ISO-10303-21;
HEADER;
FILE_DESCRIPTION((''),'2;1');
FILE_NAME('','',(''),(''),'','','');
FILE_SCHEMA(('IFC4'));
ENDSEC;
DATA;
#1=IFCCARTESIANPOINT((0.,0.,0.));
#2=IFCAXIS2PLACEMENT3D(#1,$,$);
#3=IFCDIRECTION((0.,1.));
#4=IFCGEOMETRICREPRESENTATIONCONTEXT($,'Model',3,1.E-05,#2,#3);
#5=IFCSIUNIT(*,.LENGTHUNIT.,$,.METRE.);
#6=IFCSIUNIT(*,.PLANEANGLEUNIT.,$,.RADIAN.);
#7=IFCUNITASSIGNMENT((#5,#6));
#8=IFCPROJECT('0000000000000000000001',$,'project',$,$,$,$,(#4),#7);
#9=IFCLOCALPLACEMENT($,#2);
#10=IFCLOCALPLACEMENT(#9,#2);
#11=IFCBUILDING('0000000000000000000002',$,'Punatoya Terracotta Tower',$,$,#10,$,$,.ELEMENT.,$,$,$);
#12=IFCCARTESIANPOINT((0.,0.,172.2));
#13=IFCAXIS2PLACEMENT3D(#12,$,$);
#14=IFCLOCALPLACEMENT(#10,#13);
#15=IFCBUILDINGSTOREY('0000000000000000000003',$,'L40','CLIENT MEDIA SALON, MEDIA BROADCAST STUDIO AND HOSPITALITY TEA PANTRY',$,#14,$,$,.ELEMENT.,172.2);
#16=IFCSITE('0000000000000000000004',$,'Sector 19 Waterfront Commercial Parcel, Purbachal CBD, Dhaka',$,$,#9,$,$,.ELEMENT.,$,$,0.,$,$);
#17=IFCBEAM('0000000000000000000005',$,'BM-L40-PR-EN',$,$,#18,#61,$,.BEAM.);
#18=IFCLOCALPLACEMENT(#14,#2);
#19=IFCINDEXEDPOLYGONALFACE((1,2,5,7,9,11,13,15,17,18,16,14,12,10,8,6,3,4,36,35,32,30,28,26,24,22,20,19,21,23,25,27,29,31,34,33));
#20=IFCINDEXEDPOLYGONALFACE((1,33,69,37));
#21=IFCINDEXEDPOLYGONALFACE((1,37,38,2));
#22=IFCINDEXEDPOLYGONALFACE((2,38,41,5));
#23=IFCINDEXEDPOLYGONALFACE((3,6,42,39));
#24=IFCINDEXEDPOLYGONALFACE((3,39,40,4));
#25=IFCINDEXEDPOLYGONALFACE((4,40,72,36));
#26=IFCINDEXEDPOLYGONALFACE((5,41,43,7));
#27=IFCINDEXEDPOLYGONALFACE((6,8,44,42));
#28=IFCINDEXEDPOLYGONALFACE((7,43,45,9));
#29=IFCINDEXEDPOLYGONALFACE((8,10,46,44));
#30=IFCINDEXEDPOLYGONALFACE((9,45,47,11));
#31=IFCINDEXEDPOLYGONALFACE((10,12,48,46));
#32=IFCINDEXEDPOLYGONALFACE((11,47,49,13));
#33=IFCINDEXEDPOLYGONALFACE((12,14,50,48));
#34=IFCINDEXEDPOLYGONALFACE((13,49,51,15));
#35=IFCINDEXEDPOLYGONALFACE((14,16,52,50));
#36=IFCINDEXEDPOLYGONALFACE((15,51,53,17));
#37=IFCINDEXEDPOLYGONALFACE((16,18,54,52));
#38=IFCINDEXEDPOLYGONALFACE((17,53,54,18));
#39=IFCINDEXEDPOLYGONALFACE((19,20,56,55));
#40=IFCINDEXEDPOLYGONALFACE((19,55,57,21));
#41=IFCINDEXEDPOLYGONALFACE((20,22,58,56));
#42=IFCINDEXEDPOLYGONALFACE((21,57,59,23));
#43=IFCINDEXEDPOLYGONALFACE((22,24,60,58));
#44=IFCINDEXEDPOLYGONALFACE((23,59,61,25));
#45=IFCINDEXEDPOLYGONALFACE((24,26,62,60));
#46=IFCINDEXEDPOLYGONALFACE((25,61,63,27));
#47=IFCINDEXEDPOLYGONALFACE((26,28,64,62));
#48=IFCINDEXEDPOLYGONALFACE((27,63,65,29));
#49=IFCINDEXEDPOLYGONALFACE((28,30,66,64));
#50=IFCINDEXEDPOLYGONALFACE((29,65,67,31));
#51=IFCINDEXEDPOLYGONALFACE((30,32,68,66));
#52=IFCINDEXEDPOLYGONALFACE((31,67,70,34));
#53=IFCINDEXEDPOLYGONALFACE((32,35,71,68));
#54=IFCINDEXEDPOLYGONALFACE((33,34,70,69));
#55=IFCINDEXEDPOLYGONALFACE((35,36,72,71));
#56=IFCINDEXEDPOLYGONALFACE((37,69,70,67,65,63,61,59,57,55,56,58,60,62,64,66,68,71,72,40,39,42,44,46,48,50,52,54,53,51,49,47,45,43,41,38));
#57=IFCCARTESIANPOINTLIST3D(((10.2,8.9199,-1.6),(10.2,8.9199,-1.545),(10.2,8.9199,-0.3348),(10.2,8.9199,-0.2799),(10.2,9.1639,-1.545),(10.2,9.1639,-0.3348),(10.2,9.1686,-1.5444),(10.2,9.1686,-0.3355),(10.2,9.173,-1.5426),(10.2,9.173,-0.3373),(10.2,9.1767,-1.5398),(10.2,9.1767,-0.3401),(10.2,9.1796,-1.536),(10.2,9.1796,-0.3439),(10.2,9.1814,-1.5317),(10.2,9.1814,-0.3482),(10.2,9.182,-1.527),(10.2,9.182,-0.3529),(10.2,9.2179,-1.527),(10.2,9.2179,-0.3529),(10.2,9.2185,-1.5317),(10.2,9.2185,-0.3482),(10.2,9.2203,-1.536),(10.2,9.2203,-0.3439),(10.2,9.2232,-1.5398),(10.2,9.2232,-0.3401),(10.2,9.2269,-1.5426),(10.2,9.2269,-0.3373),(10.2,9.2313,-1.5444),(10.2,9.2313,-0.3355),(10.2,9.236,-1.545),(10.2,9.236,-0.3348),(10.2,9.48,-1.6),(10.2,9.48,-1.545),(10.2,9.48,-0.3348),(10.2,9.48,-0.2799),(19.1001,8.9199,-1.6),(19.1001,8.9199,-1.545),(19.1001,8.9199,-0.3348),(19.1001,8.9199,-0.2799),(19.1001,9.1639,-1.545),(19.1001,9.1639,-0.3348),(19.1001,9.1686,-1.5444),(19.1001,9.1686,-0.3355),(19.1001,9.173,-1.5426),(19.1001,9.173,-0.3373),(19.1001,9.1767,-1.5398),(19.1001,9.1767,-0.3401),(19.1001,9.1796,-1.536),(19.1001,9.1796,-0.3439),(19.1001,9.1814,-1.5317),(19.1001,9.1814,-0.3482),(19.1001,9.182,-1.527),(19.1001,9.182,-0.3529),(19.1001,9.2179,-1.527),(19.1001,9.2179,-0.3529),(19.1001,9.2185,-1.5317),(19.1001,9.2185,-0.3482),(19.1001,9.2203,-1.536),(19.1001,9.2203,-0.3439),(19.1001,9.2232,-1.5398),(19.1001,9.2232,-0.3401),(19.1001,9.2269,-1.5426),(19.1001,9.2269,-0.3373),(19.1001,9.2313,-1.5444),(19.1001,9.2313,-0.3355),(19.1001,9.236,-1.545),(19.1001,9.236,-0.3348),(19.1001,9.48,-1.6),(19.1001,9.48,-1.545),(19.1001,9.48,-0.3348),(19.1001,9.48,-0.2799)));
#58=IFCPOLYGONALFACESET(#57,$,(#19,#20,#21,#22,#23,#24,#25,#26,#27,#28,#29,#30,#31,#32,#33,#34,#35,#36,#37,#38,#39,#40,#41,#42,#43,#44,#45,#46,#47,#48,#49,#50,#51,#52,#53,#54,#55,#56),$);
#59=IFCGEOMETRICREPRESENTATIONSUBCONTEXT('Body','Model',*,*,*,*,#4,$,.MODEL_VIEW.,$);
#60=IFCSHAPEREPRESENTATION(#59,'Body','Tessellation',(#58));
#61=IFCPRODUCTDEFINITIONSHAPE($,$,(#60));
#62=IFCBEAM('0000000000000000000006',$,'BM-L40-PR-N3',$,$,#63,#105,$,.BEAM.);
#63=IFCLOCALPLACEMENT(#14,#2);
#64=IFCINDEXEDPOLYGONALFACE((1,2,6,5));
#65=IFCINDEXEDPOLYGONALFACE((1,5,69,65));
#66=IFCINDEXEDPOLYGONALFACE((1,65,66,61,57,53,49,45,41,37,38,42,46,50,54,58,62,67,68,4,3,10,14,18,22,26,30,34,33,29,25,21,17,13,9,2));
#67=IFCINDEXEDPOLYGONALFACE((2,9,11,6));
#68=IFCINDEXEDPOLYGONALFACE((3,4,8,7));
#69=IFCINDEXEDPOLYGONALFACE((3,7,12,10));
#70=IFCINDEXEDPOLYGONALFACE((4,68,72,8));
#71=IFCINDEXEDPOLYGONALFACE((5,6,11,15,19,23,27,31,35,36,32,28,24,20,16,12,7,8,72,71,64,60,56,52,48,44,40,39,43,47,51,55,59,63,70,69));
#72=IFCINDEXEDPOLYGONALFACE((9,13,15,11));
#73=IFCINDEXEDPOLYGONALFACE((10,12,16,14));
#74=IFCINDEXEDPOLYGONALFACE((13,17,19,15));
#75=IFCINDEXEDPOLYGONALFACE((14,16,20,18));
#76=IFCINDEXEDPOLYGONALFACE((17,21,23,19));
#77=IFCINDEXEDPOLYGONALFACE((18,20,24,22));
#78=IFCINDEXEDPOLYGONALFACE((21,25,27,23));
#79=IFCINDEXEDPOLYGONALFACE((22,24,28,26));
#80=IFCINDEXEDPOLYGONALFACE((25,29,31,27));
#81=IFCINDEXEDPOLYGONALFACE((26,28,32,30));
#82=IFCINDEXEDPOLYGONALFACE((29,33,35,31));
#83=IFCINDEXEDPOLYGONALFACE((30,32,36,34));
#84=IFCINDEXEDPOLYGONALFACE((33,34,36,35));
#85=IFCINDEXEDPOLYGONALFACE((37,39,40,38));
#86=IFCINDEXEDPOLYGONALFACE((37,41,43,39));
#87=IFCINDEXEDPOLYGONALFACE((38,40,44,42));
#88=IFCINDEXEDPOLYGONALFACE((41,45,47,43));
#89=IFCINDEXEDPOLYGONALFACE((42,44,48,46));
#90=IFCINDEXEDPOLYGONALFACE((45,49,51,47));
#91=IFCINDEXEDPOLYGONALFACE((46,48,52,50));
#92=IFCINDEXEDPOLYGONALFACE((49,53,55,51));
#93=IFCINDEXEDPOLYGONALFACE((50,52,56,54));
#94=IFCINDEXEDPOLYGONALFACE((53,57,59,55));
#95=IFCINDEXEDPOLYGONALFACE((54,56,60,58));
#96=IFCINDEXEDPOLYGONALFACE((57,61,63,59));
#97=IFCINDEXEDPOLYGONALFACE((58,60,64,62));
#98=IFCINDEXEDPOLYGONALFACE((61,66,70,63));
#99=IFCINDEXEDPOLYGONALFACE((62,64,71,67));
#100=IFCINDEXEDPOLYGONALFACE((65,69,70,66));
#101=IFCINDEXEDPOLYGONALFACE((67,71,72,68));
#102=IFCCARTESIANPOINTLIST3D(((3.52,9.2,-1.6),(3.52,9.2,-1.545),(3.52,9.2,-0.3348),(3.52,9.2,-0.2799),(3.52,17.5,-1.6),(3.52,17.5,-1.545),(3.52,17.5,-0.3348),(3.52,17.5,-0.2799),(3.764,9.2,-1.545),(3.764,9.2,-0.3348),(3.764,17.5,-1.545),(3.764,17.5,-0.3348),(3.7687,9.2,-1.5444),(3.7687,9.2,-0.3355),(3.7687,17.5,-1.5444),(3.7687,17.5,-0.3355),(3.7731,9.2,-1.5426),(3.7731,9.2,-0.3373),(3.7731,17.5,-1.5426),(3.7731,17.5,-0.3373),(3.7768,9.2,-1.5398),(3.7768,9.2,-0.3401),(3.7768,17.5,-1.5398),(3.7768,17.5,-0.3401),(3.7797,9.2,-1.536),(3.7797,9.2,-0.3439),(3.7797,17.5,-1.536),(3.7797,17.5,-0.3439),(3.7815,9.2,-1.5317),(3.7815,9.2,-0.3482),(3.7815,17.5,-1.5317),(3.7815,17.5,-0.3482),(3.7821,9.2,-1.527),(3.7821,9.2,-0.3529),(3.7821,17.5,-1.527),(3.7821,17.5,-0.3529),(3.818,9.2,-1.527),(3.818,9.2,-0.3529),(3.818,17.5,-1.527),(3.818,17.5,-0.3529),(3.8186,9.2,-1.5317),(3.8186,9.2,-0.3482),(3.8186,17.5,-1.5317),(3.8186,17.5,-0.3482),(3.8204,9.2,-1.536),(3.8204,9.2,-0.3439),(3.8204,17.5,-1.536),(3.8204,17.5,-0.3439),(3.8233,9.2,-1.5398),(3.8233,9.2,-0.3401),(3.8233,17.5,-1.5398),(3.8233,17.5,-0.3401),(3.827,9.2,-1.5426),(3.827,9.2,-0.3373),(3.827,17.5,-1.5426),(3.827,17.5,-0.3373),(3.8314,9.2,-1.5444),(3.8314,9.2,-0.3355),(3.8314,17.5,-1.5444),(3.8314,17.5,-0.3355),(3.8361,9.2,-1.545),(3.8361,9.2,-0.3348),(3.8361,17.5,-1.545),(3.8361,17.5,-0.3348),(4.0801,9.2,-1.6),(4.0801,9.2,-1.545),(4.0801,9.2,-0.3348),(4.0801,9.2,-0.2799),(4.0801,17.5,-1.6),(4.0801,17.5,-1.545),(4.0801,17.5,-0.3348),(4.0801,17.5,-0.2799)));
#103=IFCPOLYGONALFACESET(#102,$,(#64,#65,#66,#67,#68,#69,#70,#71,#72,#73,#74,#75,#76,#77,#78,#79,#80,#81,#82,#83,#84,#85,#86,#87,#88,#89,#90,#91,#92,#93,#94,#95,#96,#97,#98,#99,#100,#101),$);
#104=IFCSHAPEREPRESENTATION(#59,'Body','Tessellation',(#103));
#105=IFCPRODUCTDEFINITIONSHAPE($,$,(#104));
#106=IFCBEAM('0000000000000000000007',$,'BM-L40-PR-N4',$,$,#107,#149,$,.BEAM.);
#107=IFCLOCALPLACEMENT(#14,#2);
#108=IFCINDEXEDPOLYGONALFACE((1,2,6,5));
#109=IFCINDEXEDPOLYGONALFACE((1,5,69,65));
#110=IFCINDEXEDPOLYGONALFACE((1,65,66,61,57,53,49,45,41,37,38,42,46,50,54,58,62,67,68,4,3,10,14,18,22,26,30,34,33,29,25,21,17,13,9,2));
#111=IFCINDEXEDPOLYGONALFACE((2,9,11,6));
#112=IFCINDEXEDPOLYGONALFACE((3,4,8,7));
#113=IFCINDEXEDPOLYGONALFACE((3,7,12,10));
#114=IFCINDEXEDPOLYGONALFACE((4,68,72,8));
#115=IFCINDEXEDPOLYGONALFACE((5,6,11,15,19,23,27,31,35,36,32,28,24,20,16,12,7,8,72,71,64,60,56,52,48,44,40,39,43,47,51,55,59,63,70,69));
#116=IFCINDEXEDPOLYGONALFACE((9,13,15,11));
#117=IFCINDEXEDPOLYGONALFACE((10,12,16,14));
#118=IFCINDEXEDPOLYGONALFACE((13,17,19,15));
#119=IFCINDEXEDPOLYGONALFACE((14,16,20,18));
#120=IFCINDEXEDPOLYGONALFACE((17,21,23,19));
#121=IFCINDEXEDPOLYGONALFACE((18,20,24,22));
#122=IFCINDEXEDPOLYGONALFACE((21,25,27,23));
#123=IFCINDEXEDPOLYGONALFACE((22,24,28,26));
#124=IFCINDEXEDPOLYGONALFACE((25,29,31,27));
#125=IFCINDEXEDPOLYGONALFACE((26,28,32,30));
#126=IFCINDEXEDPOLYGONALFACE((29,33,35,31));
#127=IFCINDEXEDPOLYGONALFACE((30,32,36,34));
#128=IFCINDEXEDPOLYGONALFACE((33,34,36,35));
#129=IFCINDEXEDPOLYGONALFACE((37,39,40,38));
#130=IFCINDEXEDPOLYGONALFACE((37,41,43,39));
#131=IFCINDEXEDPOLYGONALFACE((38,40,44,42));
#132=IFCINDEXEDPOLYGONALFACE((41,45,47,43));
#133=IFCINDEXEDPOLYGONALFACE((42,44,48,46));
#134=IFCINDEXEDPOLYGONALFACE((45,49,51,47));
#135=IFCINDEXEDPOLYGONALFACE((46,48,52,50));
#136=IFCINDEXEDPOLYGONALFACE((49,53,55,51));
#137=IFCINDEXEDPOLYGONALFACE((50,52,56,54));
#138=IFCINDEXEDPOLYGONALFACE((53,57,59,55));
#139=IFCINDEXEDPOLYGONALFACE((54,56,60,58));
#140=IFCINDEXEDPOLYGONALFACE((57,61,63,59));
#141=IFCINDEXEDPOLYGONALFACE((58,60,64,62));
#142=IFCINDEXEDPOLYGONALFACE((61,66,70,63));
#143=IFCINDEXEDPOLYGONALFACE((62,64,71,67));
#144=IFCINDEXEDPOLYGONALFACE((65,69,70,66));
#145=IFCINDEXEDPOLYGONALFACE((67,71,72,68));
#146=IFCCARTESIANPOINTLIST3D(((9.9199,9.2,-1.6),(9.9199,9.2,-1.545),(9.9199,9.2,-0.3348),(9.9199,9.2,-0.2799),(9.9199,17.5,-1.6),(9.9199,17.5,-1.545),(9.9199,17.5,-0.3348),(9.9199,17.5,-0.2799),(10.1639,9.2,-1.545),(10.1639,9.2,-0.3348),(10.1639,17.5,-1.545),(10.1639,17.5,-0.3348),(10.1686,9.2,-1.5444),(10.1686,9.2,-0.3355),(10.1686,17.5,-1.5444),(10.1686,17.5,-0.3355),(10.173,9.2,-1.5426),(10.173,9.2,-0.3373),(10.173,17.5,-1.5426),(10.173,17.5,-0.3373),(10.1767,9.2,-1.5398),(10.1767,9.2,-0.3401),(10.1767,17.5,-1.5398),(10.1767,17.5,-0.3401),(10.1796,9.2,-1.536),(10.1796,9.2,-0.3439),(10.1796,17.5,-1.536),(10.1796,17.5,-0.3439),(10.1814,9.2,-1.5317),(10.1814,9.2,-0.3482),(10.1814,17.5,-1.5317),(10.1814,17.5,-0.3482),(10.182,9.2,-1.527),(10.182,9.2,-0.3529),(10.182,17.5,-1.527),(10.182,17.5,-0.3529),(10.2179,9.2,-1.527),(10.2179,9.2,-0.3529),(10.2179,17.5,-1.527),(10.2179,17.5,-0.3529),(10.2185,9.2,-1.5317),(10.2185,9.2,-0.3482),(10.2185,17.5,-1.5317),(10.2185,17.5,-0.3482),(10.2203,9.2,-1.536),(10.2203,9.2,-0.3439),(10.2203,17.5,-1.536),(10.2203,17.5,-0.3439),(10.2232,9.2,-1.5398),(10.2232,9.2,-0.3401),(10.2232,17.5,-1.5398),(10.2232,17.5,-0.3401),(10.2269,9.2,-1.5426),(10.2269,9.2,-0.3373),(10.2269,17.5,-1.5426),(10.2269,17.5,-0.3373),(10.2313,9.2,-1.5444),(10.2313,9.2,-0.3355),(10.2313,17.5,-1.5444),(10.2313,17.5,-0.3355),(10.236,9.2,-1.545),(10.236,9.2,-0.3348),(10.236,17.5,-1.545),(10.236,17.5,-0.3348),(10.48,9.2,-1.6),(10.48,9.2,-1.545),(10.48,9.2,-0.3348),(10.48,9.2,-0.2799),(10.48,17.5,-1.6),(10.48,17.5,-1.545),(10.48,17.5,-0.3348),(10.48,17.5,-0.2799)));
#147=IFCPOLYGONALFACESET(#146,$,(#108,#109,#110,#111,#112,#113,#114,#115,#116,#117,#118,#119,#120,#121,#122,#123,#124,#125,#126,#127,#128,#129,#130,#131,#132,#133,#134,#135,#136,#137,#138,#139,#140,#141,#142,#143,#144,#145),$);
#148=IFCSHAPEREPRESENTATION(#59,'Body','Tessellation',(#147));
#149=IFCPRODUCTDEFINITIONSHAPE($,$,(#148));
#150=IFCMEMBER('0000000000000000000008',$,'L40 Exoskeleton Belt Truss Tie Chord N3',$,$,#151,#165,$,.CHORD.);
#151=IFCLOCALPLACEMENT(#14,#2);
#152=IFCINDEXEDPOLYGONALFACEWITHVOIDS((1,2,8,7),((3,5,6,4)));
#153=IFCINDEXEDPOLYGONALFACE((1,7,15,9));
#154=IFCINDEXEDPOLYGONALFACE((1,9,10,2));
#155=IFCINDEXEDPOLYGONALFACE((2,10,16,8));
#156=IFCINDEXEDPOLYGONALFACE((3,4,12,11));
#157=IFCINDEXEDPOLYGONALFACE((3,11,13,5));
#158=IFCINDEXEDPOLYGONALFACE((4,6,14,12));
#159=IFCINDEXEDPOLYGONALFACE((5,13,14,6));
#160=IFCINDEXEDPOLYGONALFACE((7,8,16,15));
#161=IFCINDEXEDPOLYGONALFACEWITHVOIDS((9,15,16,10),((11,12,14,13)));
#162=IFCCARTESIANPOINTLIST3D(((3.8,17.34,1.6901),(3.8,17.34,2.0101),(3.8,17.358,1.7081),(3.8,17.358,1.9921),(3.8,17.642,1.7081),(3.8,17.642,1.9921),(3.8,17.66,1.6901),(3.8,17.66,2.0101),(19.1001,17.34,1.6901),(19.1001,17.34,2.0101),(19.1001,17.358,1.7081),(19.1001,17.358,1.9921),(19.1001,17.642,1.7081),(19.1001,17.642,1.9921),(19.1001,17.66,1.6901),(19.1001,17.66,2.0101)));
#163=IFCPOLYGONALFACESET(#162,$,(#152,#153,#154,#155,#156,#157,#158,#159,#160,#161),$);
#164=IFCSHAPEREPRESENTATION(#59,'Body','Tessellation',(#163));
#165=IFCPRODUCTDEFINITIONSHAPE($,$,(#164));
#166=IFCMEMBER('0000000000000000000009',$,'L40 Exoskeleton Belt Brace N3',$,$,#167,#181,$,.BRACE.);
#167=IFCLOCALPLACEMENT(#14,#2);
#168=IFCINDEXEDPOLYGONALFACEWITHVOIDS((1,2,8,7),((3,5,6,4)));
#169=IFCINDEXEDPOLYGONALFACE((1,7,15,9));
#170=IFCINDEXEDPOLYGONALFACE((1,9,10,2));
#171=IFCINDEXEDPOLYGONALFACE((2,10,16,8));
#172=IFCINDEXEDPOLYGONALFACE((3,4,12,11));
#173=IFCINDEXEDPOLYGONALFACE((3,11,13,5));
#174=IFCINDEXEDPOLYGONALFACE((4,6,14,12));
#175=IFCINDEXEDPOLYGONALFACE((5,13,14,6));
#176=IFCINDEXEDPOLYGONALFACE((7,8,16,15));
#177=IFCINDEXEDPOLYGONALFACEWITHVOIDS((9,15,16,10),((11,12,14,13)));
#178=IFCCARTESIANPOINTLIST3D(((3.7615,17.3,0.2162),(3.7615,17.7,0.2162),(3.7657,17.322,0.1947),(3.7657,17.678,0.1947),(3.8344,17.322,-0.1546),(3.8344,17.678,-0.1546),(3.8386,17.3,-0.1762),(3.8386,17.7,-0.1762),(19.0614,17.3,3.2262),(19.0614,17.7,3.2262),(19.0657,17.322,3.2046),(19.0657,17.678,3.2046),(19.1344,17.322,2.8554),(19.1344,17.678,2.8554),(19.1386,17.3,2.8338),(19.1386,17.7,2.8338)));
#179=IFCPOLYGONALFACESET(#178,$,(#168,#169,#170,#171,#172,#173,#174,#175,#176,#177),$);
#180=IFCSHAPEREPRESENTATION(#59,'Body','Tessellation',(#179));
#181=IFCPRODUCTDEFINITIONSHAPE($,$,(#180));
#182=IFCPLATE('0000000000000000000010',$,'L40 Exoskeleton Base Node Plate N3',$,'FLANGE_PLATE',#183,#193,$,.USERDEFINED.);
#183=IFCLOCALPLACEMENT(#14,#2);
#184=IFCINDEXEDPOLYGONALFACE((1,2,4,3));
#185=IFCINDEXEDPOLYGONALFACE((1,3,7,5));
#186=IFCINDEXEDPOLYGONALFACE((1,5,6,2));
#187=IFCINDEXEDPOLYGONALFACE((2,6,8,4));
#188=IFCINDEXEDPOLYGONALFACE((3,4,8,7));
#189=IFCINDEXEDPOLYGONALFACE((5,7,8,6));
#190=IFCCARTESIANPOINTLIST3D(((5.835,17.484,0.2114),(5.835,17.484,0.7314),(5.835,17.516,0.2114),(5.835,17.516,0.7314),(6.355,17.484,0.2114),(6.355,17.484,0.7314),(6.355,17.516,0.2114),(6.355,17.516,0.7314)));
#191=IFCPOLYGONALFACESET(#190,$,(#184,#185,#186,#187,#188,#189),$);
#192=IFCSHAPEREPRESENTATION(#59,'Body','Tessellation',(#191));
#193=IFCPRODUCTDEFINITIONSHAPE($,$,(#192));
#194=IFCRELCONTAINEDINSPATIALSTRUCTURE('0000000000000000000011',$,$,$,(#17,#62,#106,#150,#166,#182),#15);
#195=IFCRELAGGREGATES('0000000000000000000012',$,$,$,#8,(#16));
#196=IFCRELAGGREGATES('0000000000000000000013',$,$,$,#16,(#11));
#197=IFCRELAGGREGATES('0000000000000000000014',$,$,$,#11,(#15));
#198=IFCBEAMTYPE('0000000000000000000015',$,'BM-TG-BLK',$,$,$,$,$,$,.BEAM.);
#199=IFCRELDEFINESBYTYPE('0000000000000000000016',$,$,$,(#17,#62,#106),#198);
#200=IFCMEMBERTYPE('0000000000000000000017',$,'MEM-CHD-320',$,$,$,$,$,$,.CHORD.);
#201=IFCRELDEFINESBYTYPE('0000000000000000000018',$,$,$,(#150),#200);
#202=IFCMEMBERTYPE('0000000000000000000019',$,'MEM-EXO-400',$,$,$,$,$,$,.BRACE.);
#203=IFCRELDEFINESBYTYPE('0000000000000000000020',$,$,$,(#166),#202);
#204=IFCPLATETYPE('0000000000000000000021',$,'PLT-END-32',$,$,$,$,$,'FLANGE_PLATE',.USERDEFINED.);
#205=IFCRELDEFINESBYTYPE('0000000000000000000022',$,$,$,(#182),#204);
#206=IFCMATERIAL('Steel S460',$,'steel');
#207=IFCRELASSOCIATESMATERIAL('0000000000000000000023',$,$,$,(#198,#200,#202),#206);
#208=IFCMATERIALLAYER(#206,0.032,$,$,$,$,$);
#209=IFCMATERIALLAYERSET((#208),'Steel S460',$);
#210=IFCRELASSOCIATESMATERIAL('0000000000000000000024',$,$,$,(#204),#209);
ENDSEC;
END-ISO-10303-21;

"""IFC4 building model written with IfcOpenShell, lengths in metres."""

from ifc_helpers import new_model, si_unit, direction, frame, origin, origin_2d, place, context, subcontext, project, spatial, rectangle, hollow_rectangle, i_section, extrude, material, layer, layer_set, material_profile, profile_set, type_object, element, save


model = new_model("IFC4")

# Units and contexts
model_context = context("Model", 3, precision=1e-05, world=origin(), true_north=direction((0.0, 1.0)))
body_context = subcontext(model_context, "Body", "Model", "MODEL_VIEW")
ifc_project = project(units=[si_unit("LENGTHUNIT", "METRE"), si_unit("PLANEANGLEUNIT", "RADIAN")], contexts=[model_context])

# Site, building, storey
site_placement = place(None, origin())
site = spatial("IfcSite", under=ifc_project, at=site_placement, Name="Sector 19 Waterfront Commercial Parcel, Purbachal CBD, Dhaka", CompositionType="ELEMENT", RefElevation=0.0)
building_placement = place(site_placement, origin())
building = spatial("IfcBuilding", under=site, at=building_placement, Name="Punatoya Terracotta Tower", CompositionType="ELEMENT")
storey_placement = place(building_placement, frame((0.0, 0.0, 172.2)))
storey = spatial("IfcBuildingStorey", under=building, at=storey_placement, Name="L40", Description="CLIENT MEDIA SALON, MEDIA BROADCAST STUDIO AND HOSPITALITY TEA PANTRY", CompositionType="ELEMENT", Elevation=172.2)

# Shared definitions
ifc_material_1 = material(Name="Steel S460", Category="steel")

# Beams
ifc_material_profile_1 = material_profile(ifc_material_1, i_section(OverallWidth=0.5601, OverallDepth=1.3201, WebThickness=0.0359, FlangeThickness=0.0549, FilletRadius=0.0181, at=origin_2d()))
ifc_profile_set_1 = profile_set([ifc_material_profile_1], Name="Steel S460")
beam_type_1 = type_object("IfcBeamType", Name="BM-TG-BLK", PredefinedType="BEAM", material=ifc_profile_set_1)
beam_1_placement = place(storey_placement, frame((10.2, 9.2, -0.9399), z_axis=(1.0, 0.0, 0.0), x_axis=(0.0, 1.0, 0.0)))
element("IfcBeam", 1, at=beam_1_placement, inside=storey, type_object=beam_type_1, Name="BM-L40-PR-EN", PredefinedType="BEAM", context=body_context, shape_type="SweptSolid", body=[
    extrude(i_section(OverallWidth=0.5601, OverallDepth=1.3201, WebThickness=0.0359, FlangeThickness=0.0549, FilletRadius=0.0181, at=origin_2d()), origin(), (0.0, 0.0, 1.0), 8.9001),
])
for number, where, z_axis, x_axis, name in (
    (2, (3.8, 9.2, -0.9399), (0.0, 1.0, 0.0), (-1.0, 0.0, 0.0), "BM-L40-PR-N3"),
    (3, (10.2, 9.2, -0.9399), (0.0, 1.0, 0.0), (-1.0, 0.0, 0.0), "BM-L40-PR-N4"),
):
    element("IfcBeam", number, at=place(storey_placement, frame(where, z_axis=z_axis, x_axis=x_axis)), inside=storey, type_object=beam_type_1, Name=name, PredefinedType="BEAM", context=body_context, shape_type="SweptSolid", body=[
        extrude(i_section(OverallWidth=0.5601, OverallDepth=1.3201, WebThickness=0.0359, FlangeThickness=0.0549, FilletRadius=0.0181, at=origin_2d()), origin(), (0.0, 0.0, 1.0), 8.3),
    ])

# Members
ifc_material_profile_2 = material_profile(ifc_material_1, hollow_rectangle(XDim=0.3201, YDim=0.3201, WallThickness=0.0181, at=origin_2d()))
ifc_profile_set_2 = profile_set([ifc_material_profile_2], Name="Steel S460")
member_type_1 = type_object("IfcMemberType", Name="MEM-CHD-320", PredefinedType="CHORD", material=ifc_profile_set_2)
member_1_placement = place(storey_placement, frame((3.8, 17.5, 1.8501), z_axis=(1.0, 0.0, 0.0), x_axis=(0.0, 1.0, 0.0)))
element("IfcMember", 4, at=member_1_placement, inside=storey, type_object=member_type_1, Name="L40 Exoskeleton Belt Truss Tie Chord N3", PredefinedType="CHORD", context=body_context, shape_type="SweptSolid", body=[
    extrude(hollow_rectangle(XDim=0.3201, YDim=0.3201, WallThickness=0.0181, at=origin_2d()), origin(), (0.0, 0.0, 1.0), 15.3),
])
ifc_material_profile_3 = material_profile(ifc_material_1, hollow_rectangle(XDim=0.3999, YDim=0.3999, WallThickness=0.022, at=origin_2d()))
ifc_profile_set_3 = profile_set([ifc_material_profile_3], Name="Steel S460")
member_type_2 = type_object("IfcMemberType", Name="MEM-EXO-400", PredefinedType="BRACE", material=ifc_profile_set_3)
member_2_placement = place(storey_placement, frame((3.8, 17.5, 0.02), z_axis=(0.981192, 0.0, 0.193032), x_axis=(0.0, 1.0, 0.0)))
element("IfcMember", 5, at=member_2_placement, inside=storey, type_object=member_type_2, Name="L40 Exoskeleton Belt Brace N3", PredefinedType="BRACE", context=body_context, shape_type="SweptSolid", body=[
    extrude(hollow_rectangle(XDim=0.3999, YDim=0.3999, WallThickness=0.022, at=origin_2d()), origin(), (0.0, 0.0, 1.0), 15.5933),
])

# Plate
ifc_layer_1 = layer(ifc_material_1, 0.032)
ifc_layer_set_1 = layer_set([ifc_layer_1], Name="Steel S460")
plate_type = type_object("IfcPlateType", Name="PLT-END-32", ElementType="FLANGE_PLATE", PredefinedType="USERDEFINED", material=ifc_layer_set_1)
plate_placement = place(storey_placement, frame((6.095, 17.5, 0.2114), z_axis=(0.0, 0.0, 1.0), x_axis=(1.0, 0.0, 0.0)))
element("IfcPlate", 6, at=plate_placement, inside=storey, type_object=plate_type, Name="L40 Exoskeleton Base Node Plate N3", ObjectType="FLANGE_PLATE", PredefinedType="USERDEFINED", context=body_context, shape_type="SweptSolid", body=[
    extrude(rectangle(XDim=0.52, YDim=0.032, at=origin_2d()), origin(), (0.0, 0.0, 1.0), 0.52),
])

save(model, "model.ifc")
